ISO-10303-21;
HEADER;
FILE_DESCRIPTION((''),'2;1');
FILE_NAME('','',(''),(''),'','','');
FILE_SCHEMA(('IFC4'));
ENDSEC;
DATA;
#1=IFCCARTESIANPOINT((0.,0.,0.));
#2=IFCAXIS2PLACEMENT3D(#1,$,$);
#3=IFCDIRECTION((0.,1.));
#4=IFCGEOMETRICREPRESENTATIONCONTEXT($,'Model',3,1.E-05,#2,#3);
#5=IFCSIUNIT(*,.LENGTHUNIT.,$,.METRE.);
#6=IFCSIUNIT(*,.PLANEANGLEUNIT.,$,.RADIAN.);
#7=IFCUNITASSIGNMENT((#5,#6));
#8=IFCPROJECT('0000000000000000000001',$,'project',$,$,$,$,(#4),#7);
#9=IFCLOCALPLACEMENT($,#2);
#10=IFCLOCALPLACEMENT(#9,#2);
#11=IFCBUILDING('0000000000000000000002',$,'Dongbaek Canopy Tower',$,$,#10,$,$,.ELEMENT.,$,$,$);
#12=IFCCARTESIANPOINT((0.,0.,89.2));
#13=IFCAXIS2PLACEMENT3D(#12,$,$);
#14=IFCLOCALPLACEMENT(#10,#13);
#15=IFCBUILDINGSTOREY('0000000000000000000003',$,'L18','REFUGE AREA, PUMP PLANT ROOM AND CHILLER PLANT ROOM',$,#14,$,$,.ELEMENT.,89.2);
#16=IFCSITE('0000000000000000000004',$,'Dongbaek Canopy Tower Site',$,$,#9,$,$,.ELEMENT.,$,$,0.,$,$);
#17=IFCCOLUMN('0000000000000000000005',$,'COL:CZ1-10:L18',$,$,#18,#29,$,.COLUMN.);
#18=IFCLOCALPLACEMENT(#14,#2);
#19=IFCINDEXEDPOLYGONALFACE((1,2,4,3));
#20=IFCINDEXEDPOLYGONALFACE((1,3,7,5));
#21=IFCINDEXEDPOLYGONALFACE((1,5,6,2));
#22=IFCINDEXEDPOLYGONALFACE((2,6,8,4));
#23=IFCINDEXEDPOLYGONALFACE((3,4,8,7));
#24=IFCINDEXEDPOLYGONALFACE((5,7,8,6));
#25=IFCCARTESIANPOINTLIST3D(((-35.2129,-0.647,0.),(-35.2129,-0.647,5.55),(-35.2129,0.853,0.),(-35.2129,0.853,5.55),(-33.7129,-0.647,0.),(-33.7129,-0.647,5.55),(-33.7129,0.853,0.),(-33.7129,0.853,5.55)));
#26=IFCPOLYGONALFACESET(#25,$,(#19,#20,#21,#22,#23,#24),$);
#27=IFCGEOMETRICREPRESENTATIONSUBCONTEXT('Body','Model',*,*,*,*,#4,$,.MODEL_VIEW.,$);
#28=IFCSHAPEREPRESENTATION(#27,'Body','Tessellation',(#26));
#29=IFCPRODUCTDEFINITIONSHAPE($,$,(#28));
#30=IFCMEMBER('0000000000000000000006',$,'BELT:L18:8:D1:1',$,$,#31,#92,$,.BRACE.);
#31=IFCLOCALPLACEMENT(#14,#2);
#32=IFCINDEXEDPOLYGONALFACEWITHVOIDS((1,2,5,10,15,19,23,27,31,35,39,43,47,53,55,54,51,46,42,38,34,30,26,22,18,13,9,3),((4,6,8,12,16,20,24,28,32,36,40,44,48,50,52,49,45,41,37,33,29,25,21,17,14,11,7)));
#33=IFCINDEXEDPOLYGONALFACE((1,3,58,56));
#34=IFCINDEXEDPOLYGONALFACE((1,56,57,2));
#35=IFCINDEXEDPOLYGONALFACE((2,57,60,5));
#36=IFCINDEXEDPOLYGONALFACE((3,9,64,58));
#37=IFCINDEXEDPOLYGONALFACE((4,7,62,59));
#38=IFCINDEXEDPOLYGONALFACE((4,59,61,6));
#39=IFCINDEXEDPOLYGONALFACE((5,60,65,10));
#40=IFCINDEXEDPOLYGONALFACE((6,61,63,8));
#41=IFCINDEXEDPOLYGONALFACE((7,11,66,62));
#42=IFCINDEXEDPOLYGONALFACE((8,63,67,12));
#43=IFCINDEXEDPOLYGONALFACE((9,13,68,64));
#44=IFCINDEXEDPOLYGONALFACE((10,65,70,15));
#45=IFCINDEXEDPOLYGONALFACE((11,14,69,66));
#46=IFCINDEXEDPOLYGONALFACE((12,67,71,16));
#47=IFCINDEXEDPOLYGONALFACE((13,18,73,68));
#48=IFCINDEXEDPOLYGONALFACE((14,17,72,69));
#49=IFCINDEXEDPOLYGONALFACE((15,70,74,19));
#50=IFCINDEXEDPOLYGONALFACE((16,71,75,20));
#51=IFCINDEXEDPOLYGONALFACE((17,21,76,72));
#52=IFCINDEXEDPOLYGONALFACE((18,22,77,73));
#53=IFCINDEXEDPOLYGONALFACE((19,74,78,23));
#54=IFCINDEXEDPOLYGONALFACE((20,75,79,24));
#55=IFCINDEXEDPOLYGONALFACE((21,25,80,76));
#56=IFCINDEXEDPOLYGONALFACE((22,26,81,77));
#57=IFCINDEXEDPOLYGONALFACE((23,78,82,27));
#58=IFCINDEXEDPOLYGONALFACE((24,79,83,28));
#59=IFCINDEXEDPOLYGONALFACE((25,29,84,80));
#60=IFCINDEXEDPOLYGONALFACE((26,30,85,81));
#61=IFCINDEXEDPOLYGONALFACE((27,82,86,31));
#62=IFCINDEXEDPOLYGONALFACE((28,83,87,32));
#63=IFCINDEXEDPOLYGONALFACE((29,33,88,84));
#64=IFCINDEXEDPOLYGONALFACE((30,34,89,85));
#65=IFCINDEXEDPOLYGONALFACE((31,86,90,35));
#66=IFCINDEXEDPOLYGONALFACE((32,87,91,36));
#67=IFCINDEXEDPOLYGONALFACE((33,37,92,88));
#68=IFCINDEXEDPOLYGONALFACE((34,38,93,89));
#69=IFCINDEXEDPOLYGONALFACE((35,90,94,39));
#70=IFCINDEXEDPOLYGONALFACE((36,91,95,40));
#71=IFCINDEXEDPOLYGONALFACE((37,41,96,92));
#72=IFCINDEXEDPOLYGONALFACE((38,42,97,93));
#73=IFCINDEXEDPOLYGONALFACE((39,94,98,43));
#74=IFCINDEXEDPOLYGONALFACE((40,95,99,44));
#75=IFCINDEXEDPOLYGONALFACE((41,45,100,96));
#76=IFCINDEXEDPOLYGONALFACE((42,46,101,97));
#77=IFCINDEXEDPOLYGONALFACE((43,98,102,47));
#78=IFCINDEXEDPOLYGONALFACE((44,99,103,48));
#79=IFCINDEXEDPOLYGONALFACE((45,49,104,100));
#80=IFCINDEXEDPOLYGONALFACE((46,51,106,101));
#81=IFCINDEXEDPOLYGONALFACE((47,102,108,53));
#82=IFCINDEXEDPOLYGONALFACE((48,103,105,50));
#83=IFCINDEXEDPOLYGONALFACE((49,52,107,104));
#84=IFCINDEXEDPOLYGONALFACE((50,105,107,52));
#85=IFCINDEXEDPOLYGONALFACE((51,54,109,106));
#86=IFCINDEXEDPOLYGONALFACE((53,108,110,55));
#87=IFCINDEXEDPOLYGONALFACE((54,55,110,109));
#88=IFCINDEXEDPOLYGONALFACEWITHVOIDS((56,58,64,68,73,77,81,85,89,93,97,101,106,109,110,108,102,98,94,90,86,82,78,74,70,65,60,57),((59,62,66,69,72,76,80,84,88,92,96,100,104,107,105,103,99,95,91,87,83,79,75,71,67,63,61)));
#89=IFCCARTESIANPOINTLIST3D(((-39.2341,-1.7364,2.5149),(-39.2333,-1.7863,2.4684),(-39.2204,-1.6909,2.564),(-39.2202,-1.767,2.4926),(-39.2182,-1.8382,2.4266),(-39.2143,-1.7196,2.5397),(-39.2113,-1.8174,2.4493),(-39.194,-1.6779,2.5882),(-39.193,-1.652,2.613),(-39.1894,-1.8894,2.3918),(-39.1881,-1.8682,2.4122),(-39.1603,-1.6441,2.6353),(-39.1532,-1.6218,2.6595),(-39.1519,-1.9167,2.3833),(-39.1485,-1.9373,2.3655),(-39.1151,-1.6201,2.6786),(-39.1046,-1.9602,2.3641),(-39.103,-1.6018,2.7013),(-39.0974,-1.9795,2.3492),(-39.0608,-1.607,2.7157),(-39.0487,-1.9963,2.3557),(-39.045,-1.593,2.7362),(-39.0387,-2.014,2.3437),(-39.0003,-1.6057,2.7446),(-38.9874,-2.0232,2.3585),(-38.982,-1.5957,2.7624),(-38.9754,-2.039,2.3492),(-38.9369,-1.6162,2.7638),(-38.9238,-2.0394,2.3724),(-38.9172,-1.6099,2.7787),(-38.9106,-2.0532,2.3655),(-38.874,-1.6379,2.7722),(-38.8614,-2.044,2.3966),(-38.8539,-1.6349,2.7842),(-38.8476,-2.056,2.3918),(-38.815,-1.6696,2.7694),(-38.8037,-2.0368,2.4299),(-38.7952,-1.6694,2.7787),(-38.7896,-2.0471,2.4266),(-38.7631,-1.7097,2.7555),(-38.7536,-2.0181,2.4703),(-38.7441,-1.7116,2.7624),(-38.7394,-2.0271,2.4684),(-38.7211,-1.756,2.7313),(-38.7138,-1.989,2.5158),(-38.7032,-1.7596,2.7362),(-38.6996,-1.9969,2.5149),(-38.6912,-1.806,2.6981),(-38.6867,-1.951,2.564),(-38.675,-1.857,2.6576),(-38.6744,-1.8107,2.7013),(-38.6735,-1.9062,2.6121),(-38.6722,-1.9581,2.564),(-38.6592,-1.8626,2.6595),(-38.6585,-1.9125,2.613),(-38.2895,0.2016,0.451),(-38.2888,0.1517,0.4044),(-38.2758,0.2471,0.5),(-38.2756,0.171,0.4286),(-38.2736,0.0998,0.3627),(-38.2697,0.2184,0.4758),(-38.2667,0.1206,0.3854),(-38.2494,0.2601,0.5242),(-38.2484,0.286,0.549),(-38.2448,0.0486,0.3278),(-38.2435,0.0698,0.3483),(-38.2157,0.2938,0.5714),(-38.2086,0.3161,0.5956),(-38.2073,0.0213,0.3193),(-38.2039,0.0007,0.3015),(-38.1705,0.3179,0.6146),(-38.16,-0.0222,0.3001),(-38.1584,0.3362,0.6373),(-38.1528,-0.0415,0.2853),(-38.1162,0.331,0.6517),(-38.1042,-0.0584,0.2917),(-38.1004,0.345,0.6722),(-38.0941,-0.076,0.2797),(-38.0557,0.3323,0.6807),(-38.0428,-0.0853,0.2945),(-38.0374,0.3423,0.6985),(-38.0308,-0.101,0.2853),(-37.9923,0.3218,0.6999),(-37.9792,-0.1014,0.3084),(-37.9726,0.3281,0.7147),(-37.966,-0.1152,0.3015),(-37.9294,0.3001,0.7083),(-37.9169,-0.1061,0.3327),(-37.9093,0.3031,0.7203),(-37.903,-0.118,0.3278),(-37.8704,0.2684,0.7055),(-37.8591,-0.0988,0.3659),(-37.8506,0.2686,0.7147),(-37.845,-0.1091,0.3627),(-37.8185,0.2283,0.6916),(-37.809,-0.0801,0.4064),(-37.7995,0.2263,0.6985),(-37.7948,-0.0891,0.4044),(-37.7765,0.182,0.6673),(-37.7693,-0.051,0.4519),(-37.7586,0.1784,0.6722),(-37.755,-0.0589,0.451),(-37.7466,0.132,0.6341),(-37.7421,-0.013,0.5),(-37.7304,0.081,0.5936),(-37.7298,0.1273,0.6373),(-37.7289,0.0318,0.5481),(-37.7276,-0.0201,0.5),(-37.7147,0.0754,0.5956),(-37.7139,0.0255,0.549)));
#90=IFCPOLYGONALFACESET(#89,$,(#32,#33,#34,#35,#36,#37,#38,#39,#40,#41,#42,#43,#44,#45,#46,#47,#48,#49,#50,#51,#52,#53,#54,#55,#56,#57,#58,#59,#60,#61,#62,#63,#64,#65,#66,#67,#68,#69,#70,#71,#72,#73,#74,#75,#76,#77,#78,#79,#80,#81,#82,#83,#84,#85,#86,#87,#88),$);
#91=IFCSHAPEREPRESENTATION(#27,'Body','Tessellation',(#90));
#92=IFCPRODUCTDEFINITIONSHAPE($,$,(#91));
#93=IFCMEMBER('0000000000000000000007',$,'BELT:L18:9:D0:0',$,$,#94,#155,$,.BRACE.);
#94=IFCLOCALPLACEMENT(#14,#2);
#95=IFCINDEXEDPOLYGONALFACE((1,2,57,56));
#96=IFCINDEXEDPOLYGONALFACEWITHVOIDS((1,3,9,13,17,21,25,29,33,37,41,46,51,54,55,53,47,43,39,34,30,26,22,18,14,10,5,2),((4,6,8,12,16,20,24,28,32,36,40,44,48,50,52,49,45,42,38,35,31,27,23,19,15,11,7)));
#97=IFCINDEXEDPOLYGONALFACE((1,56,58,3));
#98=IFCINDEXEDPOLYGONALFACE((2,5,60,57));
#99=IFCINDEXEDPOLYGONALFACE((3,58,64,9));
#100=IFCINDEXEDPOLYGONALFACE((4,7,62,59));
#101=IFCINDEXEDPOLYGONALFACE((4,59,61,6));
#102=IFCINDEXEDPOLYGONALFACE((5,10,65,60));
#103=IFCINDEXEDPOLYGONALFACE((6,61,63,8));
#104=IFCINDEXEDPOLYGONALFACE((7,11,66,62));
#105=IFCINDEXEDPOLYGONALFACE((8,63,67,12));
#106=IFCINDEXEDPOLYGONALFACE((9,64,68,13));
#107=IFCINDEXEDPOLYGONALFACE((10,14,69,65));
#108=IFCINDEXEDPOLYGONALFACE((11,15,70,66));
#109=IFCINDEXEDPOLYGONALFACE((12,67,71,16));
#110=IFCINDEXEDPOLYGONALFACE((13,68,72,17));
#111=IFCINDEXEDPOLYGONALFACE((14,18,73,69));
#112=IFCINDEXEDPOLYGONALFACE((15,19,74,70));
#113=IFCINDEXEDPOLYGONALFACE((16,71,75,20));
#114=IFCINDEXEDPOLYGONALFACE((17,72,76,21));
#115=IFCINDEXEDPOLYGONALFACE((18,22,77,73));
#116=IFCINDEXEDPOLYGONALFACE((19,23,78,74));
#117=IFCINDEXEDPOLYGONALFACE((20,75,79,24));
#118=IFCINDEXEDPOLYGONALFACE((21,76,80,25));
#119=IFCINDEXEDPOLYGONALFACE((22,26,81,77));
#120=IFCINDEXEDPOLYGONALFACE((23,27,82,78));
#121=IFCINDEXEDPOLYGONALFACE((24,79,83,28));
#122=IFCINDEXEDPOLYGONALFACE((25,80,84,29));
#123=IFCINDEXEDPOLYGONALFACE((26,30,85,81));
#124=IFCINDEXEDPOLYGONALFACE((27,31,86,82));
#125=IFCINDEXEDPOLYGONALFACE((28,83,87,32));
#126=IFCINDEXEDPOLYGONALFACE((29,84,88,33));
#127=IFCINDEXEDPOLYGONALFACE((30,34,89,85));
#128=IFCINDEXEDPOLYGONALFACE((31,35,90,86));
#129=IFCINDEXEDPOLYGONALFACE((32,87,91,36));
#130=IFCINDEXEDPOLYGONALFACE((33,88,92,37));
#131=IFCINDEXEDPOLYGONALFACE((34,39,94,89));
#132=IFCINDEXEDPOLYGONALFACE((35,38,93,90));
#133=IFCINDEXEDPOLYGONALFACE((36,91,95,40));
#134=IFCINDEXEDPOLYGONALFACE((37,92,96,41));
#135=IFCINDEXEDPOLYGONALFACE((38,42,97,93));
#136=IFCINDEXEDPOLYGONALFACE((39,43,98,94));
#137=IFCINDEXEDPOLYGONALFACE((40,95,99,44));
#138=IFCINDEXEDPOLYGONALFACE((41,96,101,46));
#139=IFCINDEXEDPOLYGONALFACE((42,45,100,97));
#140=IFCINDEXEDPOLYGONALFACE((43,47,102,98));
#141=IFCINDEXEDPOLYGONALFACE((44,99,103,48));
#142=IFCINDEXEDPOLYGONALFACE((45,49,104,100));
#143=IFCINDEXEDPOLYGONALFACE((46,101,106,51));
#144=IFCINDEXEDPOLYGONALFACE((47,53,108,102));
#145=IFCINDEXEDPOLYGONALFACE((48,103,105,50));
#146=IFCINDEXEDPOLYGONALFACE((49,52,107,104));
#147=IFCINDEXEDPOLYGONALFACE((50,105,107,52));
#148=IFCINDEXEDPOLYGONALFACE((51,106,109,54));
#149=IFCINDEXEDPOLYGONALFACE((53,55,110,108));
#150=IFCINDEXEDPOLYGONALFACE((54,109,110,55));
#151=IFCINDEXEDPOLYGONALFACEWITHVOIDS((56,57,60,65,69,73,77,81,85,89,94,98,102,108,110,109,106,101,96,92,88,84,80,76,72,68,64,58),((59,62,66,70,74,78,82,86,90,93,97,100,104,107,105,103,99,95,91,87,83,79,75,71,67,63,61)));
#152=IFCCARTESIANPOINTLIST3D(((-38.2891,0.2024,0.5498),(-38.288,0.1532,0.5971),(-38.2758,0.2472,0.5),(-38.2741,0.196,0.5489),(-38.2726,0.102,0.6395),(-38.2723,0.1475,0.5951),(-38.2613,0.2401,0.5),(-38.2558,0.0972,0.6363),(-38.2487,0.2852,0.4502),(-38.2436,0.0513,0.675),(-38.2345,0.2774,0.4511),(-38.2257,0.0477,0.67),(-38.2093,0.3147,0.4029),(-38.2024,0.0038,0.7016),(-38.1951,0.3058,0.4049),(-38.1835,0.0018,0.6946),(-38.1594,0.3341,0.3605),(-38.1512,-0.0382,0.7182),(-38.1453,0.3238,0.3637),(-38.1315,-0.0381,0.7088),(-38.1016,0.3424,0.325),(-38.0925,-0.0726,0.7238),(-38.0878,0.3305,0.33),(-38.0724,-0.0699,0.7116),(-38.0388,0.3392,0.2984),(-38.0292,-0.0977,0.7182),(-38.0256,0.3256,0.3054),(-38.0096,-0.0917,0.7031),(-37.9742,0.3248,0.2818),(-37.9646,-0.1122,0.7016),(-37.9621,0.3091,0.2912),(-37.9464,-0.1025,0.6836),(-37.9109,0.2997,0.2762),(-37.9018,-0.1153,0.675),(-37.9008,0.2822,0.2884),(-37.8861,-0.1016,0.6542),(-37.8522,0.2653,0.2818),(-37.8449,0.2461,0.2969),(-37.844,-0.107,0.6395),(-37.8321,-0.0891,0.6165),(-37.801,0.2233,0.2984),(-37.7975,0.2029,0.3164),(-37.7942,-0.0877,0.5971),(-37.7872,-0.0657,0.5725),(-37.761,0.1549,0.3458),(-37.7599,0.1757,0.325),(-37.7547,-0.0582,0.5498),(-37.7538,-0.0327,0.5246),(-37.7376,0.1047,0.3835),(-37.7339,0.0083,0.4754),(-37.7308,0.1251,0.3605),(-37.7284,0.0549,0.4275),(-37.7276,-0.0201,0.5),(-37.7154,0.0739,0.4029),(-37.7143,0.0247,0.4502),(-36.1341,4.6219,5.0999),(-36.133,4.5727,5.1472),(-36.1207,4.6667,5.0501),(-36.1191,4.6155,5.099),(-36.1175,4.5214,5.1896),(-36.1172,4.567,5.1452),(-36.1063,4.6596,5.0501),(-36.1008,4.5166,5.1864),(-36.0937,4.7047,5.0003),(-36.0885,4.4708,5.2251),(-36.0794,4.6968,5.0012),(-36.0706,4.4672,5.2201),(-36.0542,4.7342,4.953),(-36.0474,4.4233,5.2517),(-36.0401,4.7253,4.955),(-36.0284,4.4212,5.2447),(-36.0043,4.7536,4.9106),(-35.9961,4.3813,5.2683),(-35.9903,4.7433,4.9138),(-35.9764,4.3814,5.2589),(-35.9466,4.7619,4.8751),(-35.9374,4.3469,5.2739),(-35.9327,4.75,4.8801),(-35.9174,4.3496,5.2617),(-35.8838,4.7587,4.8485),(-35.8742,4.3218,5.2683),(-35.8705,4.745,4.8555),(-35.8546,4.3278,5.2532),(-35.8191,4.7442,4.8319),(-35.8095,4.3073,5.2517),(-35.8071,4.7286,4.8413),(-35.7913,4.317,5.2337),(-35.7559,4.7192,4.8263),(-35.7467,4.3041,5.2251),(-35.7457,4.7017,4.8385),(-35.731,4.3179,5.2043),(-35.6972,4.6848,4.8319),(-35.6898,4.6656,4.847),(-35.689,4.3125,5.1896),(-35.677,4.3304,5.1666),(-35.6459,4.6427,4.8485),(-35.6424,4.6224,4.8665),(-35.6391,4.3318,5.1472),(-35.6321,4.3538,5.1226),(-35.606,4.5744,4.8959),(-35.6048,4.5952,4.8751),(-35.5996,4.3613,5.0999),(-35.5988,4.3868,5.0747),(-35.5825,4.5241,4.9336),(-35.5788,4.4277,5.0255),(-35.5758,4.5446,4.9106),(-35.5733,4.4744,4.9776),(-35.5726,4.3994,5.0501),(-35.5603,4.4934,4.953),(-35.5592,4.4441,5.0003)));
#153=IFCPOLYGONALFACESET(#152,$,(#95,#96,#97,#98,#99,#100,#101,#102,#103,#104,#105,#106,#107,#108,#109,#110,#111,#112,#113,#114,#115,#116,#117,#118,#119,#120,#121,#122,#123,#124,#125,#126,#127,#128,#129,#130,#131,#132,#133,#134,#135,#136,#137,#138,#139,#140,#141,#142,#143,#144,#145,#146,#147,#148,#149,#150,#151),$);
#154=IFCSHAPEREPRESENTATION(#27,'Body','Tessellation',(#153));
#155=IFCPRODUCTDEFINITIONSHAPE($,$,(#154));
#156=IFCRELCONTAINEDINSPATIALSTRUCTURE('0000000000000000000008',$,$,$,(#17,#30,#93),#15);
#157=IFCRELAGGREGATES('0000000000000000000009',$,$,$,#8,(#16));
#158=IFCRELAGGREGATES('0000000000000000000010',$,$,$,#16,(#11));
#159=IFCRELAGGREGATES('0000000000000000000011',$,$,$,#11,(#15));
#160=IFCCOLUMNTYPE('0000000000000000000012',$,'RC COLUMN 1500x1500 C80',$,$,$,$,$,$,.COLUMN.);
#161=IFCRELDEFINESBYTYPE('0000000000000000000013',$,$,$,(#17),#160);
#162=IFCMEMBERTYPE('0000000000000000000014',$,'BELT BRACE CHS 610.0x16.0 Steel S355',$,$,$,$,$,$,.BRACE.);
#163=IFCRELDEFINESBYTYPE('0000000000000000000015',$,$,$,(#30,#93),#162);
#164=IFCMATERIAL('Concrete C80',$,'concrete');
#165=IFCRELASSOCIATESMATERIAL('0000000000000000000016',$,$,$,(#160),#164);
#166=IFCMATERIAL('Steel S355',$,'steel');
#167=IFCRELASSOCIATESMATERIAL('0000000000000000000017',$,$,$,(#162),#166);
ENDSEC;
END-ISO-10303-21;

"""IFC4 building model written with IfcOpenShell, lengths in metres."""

from ifc_helpers import new_model, si_unit, direction, frame, origin, origin_2d, place, context, subcontext, project, spatial, rectangle, hollow_circle, extrude, material, material_profile, profile_set, type_object, element, save


model = new_model("IFC4")

# Units and contexts
model_context = context("Model", 3, precision=1e-05, world=origin(), true_north=direction((0.0, 1.0)))
body_context = subcontext(model_context, "Body", "Model", "MODEL_VIEW")
ifc_project = project(units=[si_unit("LENGTHUNIT", "METRE"), si_unit("PLANEANGLEUNIT", "RADIAN")], contexts=[model_context])

# Site, building, storey
site_placement = place(None, origin())
site = spatial("IfcSite", under=ifc_project, at=site_placement, Name="Dongbaek Canopy Tower Site", CompositionType="ELEMENT", RefElevation=0.0)
building_placement = place(site_placement, origin())
building = spatial("IfcBuilding", under=site, at=building_placement, Name="Dongbaek Canopy Tower", CompositionType="ELEMENT")
storey_placement = place(building_placement, frame((0.0, 0.0, 89.2)))
storey = spatial("IfcBuildingStorey", under=building, at=storey_placement, Name="L18", Description="REFUGE AREA, PUMP PLANT ROOM AND CHILLER PLANT ROOM", CompositionType="ELEMENT", Elevation=89.2)

# Column
ifc_material_1 = material(Name="Concrete C80", Category="concrete")
ifc_material_profile_1 = material_profile(ifc_material_1, rectangle(XDim=1.5, YDim=1.5, at=origin_2d()), Name="RC COLUMN 1500x1500 C80")
ifc_profile_set_1 = profile_set([ifc_material_profile_1], Name="Concrete C80")
column_type = type_object("IfcColumnType", Name="RC COLUMN 1500x1500 C80", PredefinedType="COLUMN", material=ifc_profile_set_1)
column_placement = place(storey_placement, frame((-34.4629, 0.103, 0.0), z_axis=(0.0, 0.0, 1.0), x_axis=(1.0, 0.0, 0.0)))
element("IfcColumn", 1, at=column_placement, inside=storey, type_object=column_type, Name="COL:CZ1-10:L18", PredefinedType="COLUMN", context=body_context, shape_type="SweptSolid", body=[
    extrude(rectangle(XDim=1.5, YDim=1.5, at=origin_2d()), origin(), (0.0, 0.0, 1.0), 5.55),
])

# Members
ifc_material_2 = material(Name="Steel S355", Category="steel")
ifc_material_profile_2 = material_profile(ifc_material_2, hollow_circle(Radius=0.3049, WallThickness=0.0161, at=origin_2d()), Name="BELT BRACE CHS 610.0x16.0 Steel S355")
ifc_profile_set_2 = profile_set([ifc_material_profile_2], Name="Steel S355")
member_type_1 = type_object("IfcMemberType", Name="BELT BRACE CHS 610.0x16.0 Steel S355", PredefinedType="BRACE", material=ifc_profile_set_2)
member_1_placement = place(storey_placement, frame((-38.0017, 0.1135, 0.5), z_axis=(-0.316482, -0.649324, 0.691533), x_axis=(0.898911, -0.438131, 0.0)))
element("IfcMember", 2, at=member_1_placement, inside=storey, type_object=member_type_1, Name="BELT:L18:8:D1:1", PredefinedType="BRACE", context=body_context, shape_type="SweptSolid", body=[
    extrude(hollow_circle(Radius=0.3049, WallThickness=0.0161, at=origin_2d()), origin(), (0.0, 0.0, 1.0), 2.9846),
])
member_2_placement = place(storey_placement, frame((-38.0017, 0.1135, 0.5), z_axis=(0.321687, 0.659702, 0.679199), x_axis=(-0.898832, 0.438294, 0.0)))
element("IfcMember", 3, at=member_2_placement, inside=storey, type_object=member_type_1, Name="BELT:L18:9:D0:0", PredefinedType="BRACE", context=body_context, shape_type="SweptSolid", body=[
    extrude(hollow_circle(Radius=0.3049, WallThickness=0.0161, at=origin_2d()), origin(), (0.0, 0.0, 1.0), 6.6992),
])

save(model, "model.ifc")
